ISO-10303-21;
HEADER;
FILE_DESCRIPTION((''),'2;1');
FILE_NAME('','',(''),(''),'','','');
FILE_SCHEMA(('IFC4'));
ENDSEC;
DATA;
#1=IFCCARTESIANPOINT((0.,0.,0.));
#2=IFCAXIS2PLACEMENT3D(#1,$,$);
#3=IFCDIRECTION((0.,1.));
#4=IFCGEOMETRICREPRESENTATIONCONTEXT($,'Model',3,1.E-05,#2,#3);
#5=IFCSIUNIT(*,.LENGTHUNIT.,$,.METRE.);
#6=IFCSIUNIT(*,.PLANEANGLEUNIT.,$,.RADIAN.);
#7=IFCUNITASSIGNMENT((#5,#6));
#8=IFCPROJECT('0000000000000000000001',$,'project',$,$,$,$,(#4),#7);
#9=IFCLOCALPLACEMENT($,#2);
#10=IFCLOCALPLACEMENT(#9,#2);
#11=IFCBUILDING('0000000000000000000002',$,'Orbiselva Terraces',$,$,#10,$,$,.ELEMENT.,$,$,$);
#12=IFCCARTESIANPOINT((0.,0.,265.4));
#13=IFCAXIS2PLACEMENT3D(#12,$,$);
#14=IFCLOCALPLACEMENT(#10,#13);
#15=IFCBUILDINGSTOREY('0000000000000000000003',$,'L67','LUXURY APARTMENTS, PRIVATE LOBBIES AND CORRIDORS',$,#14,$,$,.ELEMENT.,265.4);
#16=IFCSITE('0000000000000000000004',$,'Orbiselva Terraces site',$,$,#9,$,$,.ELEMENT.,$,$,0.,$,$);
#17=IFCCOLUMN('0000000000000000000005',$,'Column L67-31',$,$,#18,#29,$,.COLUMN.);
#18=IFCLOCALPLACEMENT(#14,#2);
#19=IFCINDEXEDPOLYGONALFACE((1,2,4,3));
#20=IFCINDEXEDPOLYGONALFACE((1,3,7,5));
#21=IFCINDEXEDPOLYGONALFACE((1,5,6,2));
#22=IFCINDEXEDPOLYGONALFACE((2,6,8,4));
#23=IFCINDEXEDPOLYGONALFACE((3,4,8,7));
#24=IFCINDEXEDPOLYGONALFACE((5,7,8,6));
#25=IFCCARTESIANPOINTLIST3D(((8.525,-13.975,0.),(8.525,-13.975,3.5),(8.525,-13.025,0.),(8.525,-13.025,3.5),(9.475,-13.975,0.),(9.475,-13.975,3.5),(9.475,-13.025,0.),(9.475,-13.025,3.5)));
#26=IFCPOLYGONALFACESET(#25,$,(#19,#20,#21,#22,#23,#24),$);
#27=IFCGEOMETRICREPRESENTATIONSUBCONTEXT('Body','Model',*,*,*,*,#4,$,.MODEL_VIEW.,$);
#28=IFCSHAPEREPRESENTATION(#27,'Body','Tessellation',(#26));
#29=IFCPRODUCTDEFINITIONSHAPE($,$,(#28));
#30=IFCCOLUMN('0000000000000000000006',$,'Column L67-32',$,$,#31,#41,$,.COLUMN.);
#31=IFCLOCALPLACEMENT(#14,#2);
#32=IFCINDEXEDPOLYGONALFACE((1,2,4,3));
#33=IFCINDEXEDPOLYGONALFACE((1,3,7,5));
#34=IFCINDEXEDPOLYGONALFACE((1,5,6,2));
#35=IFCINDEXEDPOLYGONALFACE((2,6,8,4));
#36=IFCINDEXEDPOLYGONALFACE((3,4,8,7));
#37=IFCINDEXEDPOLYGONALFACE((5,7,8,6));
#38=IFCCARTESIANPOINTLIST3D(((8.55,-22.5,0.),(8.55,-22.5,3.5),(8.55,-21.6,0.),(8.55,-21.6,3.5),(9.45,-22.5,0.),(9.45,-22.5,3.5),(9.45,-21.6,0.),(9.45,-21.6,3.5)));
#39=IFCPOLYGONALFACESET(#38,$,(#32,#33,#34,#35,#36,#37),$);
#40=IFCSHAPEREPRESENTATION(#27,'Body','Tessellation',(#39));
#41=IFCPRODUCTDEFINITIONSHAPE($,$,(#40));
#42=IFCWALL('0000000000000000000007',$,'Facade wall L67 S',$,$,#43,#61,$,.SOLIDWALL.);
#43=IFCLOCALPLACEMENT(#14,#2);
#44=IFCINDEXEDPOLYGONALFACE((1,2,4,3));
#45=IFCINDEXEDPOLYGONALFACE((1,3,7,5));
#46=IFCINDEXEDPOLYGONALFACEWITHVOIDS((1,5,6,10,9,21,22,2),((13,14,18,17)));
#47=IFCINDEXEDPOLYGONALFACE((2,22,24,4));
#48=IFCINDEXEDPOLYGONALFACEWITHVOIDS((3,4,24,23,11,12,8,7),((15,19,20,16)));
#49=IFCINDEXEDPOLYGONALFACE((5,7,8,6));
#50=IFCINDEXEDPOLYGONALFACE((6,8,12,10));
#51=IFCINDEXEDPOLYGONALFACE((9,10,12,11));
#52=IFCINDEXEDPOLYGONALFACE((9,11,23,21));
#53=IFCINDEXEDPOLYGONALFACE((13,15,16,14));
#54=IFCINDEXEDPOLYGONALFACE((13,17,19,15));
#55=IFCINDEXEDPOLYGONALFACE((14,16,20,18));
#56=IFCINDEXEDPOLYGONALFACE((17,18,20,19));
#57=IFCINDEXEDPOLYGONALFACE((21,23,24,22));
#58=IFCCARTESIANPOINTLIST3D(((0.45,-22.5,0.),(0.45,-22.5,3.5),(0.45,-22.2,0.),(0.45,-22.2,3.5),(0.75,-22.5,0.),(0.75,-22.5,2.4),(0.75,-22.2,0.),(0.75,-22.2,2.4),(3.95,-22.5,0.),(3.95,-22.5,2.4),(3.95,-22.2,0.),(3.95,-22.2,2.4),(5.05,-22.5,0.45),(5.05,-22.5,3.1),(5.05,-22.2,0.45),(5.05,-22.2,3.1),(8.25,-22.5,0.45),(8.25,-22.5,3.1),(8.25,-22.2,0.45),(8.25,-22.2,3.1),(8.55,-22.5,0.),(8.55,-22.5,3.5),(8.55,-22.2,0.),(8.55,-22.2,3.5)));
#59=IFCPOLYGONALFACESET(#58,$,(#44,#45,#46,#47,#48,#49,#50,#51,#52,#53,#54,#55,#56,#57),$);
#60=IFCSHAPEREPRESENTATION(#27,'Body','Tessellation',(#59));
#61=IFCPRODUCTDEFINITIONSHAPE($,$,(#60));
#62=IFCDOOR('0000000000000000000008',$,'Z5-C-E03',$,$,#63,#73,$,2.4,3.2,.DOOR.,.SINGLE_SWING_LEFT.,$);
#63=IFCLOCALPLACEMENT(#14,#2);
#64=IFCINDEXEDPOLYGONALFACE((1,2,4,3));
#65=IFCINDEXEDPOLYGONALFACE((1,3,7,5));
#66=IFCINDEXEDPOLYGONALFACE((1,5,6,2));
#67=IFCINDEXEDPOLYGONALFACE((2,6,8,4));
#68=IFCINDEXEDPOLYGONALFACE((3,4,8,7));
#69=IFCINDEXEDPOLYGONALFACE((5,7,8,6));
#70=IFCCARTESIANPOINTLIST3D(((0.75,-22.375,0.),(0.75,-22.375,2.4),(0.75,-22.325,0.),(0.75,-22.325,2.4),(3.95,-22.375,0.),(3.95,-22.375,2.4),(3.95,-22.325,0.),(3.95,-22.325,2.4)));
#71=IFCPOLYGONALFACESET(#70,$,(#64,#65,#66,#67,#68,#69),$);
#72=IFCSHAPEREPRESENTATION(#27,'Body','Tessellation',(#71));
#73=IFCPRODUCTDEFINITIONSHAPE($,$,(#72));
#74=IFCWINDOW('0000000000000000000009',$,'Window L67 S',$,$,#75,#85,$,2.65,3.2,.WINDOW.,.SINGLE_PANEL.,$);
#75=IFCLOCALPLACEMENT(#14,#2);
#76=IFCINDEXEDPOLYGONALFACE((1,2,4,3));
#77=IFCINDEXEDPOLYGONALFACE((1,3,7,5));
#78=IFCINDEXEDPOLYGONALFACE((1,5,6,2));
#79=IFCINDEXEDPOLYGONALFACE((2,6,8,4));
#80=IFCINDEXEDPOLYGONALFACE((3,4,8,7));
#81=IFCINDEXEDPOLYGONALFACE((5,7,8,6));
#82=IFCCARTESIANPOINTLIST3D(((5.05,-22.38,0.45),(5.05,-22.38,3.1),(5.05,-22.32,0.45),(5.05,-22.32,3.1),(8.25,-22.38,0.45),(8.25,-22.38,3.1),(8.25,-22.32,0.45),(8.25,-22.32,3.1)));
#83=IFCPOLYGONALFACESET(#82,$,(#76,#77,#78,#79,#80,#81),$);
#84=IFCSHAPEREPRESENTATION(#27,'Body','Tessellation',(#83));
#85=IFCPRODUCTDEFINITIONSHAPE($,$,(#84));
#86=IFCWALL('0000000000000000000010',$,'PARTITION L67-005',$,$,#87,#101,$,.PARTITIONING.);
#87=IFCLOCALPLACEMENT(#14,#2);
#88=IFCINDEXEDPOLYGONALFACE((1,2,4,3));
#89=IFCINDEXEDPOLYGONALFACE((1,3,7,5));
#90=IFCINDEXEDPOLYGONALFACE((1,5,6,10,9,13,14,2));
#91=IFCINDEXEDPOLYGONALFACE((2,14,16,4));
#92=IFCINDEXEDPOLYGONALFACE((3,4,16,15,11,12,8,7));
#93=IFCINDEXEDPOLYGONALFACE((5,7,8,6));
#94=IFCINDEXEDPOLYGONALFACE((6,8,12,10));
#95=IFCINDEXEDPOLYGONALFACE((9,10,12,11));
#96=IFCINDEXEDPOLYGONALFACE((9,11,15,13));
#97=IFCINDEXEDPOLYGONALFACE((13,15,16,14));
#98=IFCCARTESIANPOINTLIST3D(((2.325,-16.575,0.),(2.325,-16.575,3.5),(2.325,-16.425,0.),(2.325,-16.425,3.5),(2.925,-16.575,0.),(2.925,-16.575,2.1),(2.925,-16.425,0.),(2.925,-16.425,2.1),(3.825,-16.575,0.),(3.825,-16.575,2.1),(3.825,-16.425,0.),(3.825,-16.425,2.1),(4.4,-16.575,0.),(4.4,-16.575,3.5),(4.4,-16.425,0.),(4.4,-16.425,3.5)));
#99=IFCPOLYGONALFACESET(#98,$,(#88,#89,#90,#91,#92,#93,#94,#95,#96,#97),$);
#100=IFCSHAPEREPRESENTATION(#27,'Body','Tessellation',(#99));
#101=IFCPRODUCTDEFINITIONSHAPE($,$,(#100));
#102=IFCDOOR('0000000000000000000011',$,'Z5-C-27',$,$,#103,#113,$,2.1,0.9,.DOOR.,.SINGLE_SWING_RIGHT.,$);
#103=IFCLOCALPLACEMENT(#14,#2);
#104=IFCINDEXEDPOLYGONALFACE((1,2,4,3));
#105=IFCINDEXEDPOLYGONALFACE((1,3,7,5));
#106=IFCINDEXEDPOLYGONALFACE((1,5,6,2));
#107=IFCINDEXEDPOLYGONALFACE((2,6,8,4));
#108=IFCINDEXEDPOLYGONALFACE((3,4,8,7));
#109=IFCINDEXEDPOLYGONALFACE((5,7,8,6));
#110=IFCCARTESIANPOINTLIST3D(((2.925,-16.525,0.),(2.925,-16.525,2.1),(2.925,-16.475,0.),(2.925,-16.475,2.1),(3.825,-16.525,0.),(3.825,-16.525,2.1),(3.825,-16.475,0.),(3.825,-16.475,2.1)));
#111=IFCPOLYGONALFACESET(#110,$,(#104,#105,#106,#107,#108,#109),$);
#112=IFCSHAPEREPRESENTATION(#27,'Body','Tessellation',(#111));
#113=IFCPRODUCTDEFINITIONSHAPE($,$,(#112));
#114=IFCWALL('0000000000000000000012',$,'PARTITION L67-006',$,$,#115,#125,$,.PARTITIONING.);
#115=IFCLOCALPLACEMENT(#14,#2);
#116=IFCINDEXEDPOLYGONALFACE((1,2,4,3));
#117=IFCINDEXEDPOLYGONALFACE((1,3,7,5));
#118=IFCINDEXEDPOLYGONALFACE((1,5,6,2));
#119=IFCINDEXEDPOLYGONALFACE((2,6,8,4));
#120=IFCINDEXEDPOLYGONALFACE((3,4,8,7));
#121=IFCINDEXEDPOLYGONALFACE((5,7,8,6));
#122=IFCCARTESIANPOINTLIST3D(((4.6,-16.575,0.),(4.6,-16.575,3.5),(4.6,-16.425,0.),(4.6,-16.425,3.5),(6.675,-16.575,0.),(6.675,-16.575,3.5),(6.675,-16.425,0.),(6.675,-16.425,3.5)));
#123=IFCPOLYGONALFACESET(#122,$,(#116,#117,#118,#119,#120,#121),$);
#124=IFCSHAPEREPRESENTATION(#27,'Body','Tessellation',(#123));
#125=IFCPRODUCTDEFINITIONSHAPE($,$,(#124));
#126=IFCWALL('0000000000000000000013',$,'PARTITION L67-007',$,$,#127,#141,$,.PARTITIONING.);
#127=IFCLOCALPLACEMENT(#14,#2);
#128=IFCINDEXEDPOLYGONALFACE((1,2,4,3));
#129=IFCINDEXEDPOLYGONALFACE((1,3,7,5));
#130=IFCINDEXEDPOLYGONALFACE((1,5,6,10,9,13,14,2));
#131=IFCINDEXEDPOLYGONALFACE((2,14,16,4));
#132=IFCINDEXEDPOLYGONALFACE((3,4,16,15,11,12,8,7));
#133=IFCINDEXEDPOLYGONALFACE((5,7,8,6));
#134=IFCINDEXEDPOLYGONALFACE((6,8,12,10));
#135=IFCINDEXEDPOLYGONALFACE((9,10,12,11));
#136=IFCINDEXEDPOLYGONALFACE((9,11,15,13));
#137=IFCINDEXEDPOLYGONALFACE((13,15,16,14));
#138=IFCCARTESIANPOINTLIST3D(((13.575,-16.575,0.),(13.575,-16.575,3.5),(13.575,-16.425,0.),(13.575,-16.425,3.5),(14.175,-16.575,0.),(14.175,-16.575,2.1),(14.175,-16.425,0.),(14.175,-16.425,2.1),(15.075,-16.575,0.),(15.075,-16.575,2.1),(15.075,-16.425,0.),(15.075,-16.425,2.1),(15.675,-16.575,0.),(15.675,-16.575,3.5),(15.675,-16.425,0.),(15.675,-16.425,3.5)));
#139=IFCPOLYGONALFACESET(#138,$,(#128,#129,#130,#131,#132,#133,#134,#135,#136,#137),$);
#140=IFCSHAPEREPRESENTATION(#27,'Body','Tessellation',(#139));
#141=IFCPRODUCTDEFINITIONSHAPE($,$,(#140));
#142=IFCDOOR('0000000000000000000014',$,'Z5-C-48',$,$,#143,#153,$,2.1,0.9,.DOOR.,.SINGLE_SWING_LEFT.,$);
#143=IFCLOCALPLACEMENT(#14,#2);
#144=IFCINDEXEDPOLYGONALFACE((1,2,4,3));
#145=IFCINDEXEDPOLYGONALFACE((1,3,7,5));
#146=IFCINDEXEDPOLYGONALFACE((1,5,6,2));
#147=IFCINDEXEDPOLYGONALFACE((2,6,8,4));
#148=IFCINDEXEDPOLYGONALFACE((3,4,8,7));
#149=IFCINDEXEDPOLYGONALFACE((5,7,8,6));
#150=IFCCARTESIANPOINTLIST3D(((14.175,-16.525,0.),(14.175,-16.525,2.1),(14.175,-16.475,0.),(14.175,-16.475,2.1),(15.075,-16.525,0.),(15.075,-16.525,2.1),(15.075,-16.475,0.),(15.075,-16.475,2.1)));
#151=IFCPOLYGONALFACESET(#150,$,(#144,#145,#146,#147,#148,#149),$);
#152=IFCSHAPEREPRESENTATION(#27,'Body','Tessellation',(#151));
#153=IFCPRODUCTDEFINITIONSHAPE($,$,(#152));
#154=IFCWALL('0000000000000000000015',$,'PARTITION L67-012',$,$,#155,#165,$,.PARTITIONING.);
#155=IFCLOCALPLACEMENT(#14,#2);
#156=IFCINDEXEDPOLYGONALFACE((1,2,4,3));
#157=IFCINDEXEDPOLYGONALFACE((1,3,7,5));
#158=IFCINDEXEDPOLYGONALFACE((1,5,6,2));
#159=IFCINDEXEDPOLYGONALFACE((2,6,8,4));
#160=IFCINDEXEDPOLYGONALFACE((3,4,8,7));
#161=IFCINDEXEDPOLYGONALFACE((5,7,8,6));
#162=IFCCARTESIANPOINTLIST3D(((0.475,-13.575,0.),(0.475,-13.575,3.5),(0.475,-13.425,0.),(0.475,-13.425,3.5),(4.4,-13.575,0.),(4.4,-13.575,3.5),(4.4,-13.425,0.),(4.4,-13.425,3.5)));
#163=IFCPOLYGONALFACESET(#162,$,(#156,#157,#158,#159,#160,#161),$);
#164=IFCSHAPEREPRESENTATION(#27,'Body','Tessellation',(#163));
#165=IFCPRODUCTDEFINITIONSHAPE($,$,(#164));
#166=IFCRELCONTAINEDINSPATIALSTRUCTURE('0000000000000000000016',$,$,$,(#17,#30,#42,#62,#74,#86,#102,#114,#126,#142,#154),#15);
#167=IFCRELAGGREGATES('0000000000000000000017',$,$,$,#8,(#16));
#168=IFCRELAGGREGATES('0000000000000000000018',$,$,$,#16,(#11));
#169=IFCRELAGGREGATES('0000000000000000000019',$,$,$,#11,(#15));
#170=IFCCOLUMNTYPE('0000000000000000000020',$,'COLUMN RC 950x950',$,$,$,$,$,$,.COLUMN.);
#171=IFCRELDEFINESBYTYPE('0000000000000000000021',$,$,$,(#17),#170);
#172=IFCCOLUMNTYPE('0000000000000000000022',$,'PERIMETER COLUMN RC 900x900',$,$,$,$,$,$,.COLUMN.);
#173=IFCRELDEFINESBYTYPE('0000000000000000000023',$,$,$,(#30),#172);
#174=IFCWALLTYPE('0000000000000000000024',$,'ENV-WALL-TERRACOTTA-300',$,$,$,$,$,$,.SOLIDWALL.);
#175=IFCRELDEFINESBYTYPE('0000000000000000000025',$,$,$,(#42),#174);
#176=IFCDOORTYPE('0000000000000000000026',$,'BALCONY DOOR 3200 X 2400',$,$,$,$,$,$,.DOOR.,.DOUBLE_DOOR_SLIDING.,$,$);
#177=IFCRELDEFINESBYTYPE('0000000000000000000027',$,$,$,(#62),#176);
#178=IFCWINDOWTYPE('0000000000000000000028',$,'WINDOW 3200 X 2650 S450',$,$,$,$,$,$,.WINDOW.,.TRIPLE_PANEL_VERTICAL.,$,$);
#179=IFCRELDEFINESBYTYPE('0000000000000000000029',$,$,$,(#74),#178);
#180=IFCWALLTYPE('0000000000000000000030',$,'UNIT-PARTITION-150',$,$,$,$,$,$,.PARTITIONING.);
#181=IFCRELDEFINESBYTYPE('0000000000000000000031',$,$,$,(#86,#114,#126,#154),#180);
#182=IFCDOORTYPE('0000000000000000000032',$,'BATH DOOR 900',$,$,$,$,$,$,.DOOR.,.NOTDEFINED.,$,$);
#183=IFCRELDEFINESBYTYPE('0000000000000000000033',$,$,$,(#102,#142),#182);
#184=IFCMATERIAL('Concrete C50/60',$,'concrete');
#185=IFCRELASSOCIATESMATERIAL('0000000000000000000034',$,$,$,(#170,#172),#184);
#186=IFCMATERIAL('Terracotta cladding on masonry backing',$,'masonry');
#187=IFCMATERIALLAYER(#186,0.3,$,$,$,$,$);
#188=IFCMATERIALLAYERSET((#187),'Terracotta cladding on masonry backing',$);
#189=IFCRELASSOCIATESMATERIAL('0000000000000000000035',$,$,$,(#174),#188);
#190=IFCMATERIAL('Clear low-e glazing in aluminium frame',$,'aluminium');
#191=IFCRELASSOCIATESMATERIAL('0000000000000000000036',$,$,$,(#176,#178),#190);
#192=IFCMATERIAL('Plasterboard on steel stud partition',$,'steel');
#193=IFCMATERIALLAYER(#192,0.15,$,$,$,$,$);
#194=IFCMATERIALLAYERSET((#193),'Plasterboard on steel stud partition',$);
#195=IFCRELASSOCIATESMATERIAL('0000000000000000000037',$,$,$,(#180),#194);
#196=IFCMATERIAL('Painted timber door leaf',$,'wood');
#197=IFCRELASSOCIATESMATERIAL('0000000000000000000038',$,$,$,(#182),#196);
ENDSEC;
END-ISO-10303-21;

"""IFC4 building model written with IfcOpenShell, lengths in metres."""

from ifc_helpers import new_model, si_unit, direction, frame, frame_2d, origin, origin_2d, place, context, subcontext, project, spatial, rectangle, extrude, material, layer, layer_set, material_profile, profile_set, type_object, element, fill, save


model = new_model("IFC4")

# Units and contexts
model_context = context("Model", 3, precision=1e-05, world=origin(), true_north=direction((0.0, 1.0)))
body_context = subcontext(model_context, "Body", "Model", "MODEL_VIEW")
ifc_project = project(units=[si_unit("LENGTHUNIT", "METRE"), si_unit("PLANEANGLEUNIT", "RADIAN")], contexts=[model_context])

# Site, building, storey
site_placement = place(None, origin())
site = spatial("IfcSite", under=ifc_project, at=site_placement, Name="Orbiselva Terraces site", CompositionType="ELEMENT", RefElevation=0.0)
building_placement = place(site_placement, origin())
building = spatial("IfcBuilding", under=site, at=building_placement, Name="Orbiselva Terraces", CompositionType="ELEMENT")
storey_placement = place(building_placement, frame((0.0, 0.0, 265.4)))
storey = spatial("IfcBuildingStorey", under=building, at=storey_placement, Name="L67", Description="LUXURY APARTMENTS, PRIVATE LOBBIES AND CORRIDORS", CompositionType="ELEMENT", Elevation=265.4)

# Columns
ifc_material_1 = material(Name="Concrete C50/60", Category="concrete")
ifc_material_profile_1 = material_profile(ifc_material_1, rectangle(XDim=0.95, YDim=0.95, at=origin_2d()), Name="RC 950x950")
ifc_profile_set_1 = profile_set([ifc_material_profile_1], Name="Concrete C50/60")
column_type_1 = type_object("IfcColumnType", Name="COLUMN RC 950x950", PredefinedType="COLUMN", material=ifc_profile_set_1)
column_1_placement = place(storey_placement, frame((9.0, -13.5, 0.0), z_axis=(0.0, 0.0, 1.0), x_axis=(1.0, 0.0, 0.0)))
element("IfcColumn", 1, at=column_1_placement, inside=storey, type_object=column_type_1, Name="Column L67-31", PredefinedType="COLUMN", context=body_context, shape_type="SweptSolid", body=[
    extrude(rectangle(XDim=0.95, YDim=0.95, at=origin_2d()), origin(), (0.0, 0.0, 1.0), 3.5),
])
ifc_material_profile_2 = material_profile(ifc_material_1, rectangle(XDim=0.9, YDim=0.9, at=origin_2d()), Name="RC 900x900")
ifc_profile_set_2 = profile_set([ifc_material_profile_2], Name="Concrete C50/60")
column_type_2 = type_object("IfcColumnType", Name="PERIMETER COLUMN RC 900x900", PredefinedType="COLUMN", material=ifc_profile_set_2)
column_2_placement = place(storey_placement, frame((9.0, -22.05, 0.0), z_axis=(0.0, 0.0, 1.0), x_axis=(1.0, 0.0, 0.0)))
element("IfcColumn", 2, at=column_2_placement, inside=storey, type_object=column_type_2, Name="Column L67-32", PredefinedType="COLUMN", context=body_context, shape_type="SweptSolid", body=[
    extrude(rectangle(XDim=0.9, YDim=0.9, at=origin_2d()), origin(), (0.0, 0.0, 1.0), 3.5),
])

# Wall, openings, door, window
ifc_material_2 = material(Name="Terracotta cladding on masonry backing", Category="masonry")
ifc_layer_1 = layer(ifc_material_2, 0.3)
ifc_layer_set_1 = layer_set([ifc_layer_1], Name="Terracotta cladding on masonry backing")
wall_type_1 = type_object("IfcWallType", Name="ENV-WALL-TERRACOTTA-300", PredefinedType="SOLIDWALL", material=ifc_layer_set_1)
wall_1_placement = place(storey_placement, frame((8.55, -22.35, 0.0), z_axis=(0.0, 0.0, 1.0), x_axis=(-1.0, 0.0, 0.0)))
wall_1 = element("IfcWall", 3, at=wall_1_placement, inside=storey, type_object=wall_type_1, Name="Facade wall L67 S", PredefinedType="SOLIDWALL", context=body_context, shape_type="SweptSolid", body=[
    extrude(rectangle(XDim=8.1, YDim=0.3, at=frame_2d((4.05, 0.0))), origin(), (0.0, 0.0, 1.0), 3.5),
])
opening_1_placement = place(wall_1_placement, frame((4.6, 0.0, 0.0)))
opening_1 = element("IfcOpeningElement", 4, at=opening_1_placement, cuts=wall_1, PredefinedType="OPENING", context=body_context, shape_type="SweptSolid", body=[
    extrude(rectangle(XDim=3.2, YDim=2.4, at=frame_2d((1.6, 1.2))), frame((0.0, 0.16, 0.0), z_axis=(0.0, -1.0, 0.0), x_axis=(1.0, 0.0, 0.0)), (0.0, 0.0, 1.0), 0.32),
])
opening_2_placement = place(wall_1_placement, frame((0.3, 0.0, 0.45)))
opening_2 = element("IfcOpeningElement", 5, at=opening_2_placement, cuts=wall_1, PredefinedType="OPENING", context=body_context, shape_type="SweptSolid", body=[
    extrude(rectangle(XDim=3.2, YDim=2.65, at=frame_2d((1.6, 1.325))), frame((0.0, 0.16, 0.0), z_axis=(0.0, -1.0, 0.0), x_axis=(1.0, 0.0, 0.0)), (0.0, 0.0, 1.0), 0.32),
])
ifc_material_3 = material(Name="Clear low-e glazing in aluminium frame", Category="aluminium")
door_type_1 = type_object("IfcDoorType", Name="BALCONY DOOR 3200 X 2400", OperationType="DOUBLE_DOOR_SLIDING", PredefinedType="DOOR", material=ifc_material_3)
door_1_placement = place(opening_1_placement, origin())
door_1 = element("IfcDoor", 6, at=door_1_placement, inside=storey, type_object=door_type_1, Name="Z5-C-E03", OperationType="SINGLE_SWING_LEFT", OverallHeight=2.4, OverallWidth=3.2, PredefinedType="DOOR", context=body_context, shape_type="SweptSolid", body=[
    extrude(rectangle(XDim=3.2, YDim=2.4, at=frame_2d((1.6, 1.2))), frame((0.0, 0.025, 0.0), z_axis=(0.0, -1.0, 0.0), x_axis=(1.0, 0.0, 0.0)), (0.0, 0.0, 1.0), 0.05),
])
fill(opening_1, door_1)
window_type = type_object("IfcWindowType", Name="WINDOW 3200 X 2650 S450", PartitioningType="TRIPLE_PANEL_VERTICAL", PredefinedType="WINDOW", material=ifc_material_3)
window_placement = place(opening_2_placement, origin())
window = element("IfcWindow", 7, at=window_placement, inside=storey, type_object=window_type, Name="Window L67 S", OverallHeight=2.65, OverallWidth=3.2, PartitioningType="SINGLE_PANEL", PredefinedType="WINDOW", context=body_context, shape_type="SweptSolid", body=[
    extrude(rectangle(XDim=3.2, YDim=2.65, at=frame_2d((1.6, 1.325))), frame((0.0, 0.03, 0.0), z_axis=(0.0, -1.0, 0.0), x_axis=(1.0, 0.0, 0.0)), (0.0, 0.0, 1.0), 0.06),
])
fill(opening_2, window)

# Wall, opening, door
ifc_material_4 = material(Name="Plasterboard on steel stud partition", Category="steel")
ifc_layer_2 = layer(ifc_material_4, 0.15)
ifc_layer_set_2 = layer_set([ifc_layer_2], Name="Plasterboard on steel stud partition")
wall_type_2 = type_object("IfcWallType", Name="UNIT-PARTITION-150", PredefinedType="PARTITIONING", material=ifc_layer_set_2)
wall_2_placement = place(storey_placement, frame((2.325, -16.5, 0.0), z_axis=(0.0, 0.0, 1.0), x_axis=(1.0, 0.0, 0.0)))
wall_2 = element("IfcWall", 8, at=wall_2_placement, inside=storey, type_object=wall_type_2, Name="PARTITION L67-005", PredefinedType="PARTITIONING", context=body_context, shape_type="SweptSolid", body=[
    extrude(rectangle(XDim=2.075, YDim=0.15, at=frame_2d((1.0375, 0.0))), origin(), (0.0, 0.0, 1.0), 3.5),
])
opening_3_placement = place(wall_2_placement, frame((0.6, 0.0, 0.0)))
opening_3 = element("IfcOpeningElement", 9, at=opening_3_placement, cuts=wall_2, PredefinedType="OPENING", context=body_context, shape_type="SweptSolid", body=[
    extrude(rectangle(XDim=0.9, YDim=2.1, at=frame_2d((0.45, 1.05))), frame((0.0, 0.085, 0.0), z_axis=(0.0, -1.0, 0.0), x_axis=(1.0, 0.0, 0.0)), (0.0, 0.0, 1.0), 0.17),
])
ifc_material_5 = material(Name="Painted timber door leaf", Category="wood")
door_type_2 = type_object("IfcDoorType", Name="BATH DOOR 900", OperationType="NOTDEFINED", PredefinedType="DOOR", material=ifc_material_5)
door_2_placement = place(opening_3_placement, origin())
door_2 = element("IfcDoor", 10, at=door_2_placement, inside=storey, type_object=door_type_2, Name="Z5-C-27", OperationType="SINGLE_SWING_RIGHT", OverallHeight=2.1, OverallWidth=0.9, PredefinedType="DOOR", context=body_context, shape_type="SweptSolid", body=[
    extrude(rectangle(XDim=0.9, YDim=2.1, at=frame_2d((0.45, 1.05))), frame((0.0, 0.025, 0.0), z_axis=(0.0, -1.0, 0.0), x_axis=(1.0, 0.0, 0.0)), (0.0, 0.0, 1.0), 0.05),
])
fill(opening_3, door_2)

# Wall
wall_3_placement = place(storey_placement, frame((4.6, -16.5, 0.0), z_axis=(0.0, 0.0, 1.0), x_axis=(1.0, 0.0, 0.0)))
element("IfcWall", 11, at=wall_3_placement, inside=storey, type_object=wall_type_2, Name="PARTITION L67-006", PredefinedType="PARTITIONING", context=body_context, shape_type="SweptSolid", body=[
    extrude(rectangle(XDim=2.075, YDim=0.15, at=frame_2d((1.0375, 0.0))), origin(), (0.0, 0.0, 1.0), 3.5),
])

# Wall, opening, door
wall_4_placement = place(storey_placement, frame((13.575, -16.5, 0.0), z_axis=(0.0, 0.0, 1.0), x_axis=(1.0, 0.0, 0.0)))
wall_4 = element("IfcWall", 12, at=wall_4_placement, inside=storey, type_object=wall_type_2, Name="PARTITION L67-007", PredefinedType="PARTITIONING", context=body_context, shape_type="SweptSolid", body=[
    extrude(rectangle(XDim=2.1, YDim=0.15, at=frame_2d((1.05, 0.0))), origin(), (0.0, 0.0, 1.0), 3.5),
])
opening_4_placement = place(wall_4_placement, frame((0.6, 0.0, 0.0)))
opening_4 = element("IfcOpeningElement", 13, at=opening_4_placement, cuts=wall_4, PredefinedType="OPENING", context=body_context, shape_type="SweptSolid", body=[
    extrude(rectangle(XDim=0.9, YDim=2.1, at=frame_2d((0.45, 1.05))), frame((0.0, 0.085, 0.0), z_axis=(0.0, -1.0, 0.0), x_axis=(1.0, 0.0, 0.0)), (0.0, 0.0, 1.0), 0.17),
])
door_3_placement = place(opening_4_placement, origin())
door_3 = element("IfcDoor", 14, at=door_3_placement, inside=storey, type_object=door_type_2, Name="Z5-C-48", OperationType="SINGLE_SWING_LEFT", OverallHeight=2.1, OverallWidth=0.9, PredefinedType="DOOR", context=body_context, shape_type="SweptSolid", body=[
    extrude(rectangle(XDim=0.9, YDim=2.1, at=frame_2d((0.45, 1.05))), frame((0.0, 0.025, 0.0), z_axis=(0.0, -1.0, 0.0), x_axis=(1.0, 0.0, 0.0)), (0.0, 0.0, 1.0), 0.05),
])
fill(opening_4, door_3)

# Wall
for number, where, z_axis, x_axis, name in (
    (15, (0.475, -13.5, 0.0), (0.0, 0.0, 1.0), (1.0, 0.0, 0.0), "PARTITION L67-012"),
):
    element("IfcWall", number, at=place(storey_placement, frame(where, z_axis=z_axis, x_axis=x_axis)), inside=storey, type_object=wall_type_2, Name=name, PredefinedType="PARTITIONING", context=body_context, shape_type="SweptSolid", body=[
        extrude(rectangle(XDim=3.925, YDim=0.15, at=frame_2d((1.9625, 0.0))), origin(), (0.0, 0.0, 1.0), 3.5),
    ])

save(model, "model.ifc")
